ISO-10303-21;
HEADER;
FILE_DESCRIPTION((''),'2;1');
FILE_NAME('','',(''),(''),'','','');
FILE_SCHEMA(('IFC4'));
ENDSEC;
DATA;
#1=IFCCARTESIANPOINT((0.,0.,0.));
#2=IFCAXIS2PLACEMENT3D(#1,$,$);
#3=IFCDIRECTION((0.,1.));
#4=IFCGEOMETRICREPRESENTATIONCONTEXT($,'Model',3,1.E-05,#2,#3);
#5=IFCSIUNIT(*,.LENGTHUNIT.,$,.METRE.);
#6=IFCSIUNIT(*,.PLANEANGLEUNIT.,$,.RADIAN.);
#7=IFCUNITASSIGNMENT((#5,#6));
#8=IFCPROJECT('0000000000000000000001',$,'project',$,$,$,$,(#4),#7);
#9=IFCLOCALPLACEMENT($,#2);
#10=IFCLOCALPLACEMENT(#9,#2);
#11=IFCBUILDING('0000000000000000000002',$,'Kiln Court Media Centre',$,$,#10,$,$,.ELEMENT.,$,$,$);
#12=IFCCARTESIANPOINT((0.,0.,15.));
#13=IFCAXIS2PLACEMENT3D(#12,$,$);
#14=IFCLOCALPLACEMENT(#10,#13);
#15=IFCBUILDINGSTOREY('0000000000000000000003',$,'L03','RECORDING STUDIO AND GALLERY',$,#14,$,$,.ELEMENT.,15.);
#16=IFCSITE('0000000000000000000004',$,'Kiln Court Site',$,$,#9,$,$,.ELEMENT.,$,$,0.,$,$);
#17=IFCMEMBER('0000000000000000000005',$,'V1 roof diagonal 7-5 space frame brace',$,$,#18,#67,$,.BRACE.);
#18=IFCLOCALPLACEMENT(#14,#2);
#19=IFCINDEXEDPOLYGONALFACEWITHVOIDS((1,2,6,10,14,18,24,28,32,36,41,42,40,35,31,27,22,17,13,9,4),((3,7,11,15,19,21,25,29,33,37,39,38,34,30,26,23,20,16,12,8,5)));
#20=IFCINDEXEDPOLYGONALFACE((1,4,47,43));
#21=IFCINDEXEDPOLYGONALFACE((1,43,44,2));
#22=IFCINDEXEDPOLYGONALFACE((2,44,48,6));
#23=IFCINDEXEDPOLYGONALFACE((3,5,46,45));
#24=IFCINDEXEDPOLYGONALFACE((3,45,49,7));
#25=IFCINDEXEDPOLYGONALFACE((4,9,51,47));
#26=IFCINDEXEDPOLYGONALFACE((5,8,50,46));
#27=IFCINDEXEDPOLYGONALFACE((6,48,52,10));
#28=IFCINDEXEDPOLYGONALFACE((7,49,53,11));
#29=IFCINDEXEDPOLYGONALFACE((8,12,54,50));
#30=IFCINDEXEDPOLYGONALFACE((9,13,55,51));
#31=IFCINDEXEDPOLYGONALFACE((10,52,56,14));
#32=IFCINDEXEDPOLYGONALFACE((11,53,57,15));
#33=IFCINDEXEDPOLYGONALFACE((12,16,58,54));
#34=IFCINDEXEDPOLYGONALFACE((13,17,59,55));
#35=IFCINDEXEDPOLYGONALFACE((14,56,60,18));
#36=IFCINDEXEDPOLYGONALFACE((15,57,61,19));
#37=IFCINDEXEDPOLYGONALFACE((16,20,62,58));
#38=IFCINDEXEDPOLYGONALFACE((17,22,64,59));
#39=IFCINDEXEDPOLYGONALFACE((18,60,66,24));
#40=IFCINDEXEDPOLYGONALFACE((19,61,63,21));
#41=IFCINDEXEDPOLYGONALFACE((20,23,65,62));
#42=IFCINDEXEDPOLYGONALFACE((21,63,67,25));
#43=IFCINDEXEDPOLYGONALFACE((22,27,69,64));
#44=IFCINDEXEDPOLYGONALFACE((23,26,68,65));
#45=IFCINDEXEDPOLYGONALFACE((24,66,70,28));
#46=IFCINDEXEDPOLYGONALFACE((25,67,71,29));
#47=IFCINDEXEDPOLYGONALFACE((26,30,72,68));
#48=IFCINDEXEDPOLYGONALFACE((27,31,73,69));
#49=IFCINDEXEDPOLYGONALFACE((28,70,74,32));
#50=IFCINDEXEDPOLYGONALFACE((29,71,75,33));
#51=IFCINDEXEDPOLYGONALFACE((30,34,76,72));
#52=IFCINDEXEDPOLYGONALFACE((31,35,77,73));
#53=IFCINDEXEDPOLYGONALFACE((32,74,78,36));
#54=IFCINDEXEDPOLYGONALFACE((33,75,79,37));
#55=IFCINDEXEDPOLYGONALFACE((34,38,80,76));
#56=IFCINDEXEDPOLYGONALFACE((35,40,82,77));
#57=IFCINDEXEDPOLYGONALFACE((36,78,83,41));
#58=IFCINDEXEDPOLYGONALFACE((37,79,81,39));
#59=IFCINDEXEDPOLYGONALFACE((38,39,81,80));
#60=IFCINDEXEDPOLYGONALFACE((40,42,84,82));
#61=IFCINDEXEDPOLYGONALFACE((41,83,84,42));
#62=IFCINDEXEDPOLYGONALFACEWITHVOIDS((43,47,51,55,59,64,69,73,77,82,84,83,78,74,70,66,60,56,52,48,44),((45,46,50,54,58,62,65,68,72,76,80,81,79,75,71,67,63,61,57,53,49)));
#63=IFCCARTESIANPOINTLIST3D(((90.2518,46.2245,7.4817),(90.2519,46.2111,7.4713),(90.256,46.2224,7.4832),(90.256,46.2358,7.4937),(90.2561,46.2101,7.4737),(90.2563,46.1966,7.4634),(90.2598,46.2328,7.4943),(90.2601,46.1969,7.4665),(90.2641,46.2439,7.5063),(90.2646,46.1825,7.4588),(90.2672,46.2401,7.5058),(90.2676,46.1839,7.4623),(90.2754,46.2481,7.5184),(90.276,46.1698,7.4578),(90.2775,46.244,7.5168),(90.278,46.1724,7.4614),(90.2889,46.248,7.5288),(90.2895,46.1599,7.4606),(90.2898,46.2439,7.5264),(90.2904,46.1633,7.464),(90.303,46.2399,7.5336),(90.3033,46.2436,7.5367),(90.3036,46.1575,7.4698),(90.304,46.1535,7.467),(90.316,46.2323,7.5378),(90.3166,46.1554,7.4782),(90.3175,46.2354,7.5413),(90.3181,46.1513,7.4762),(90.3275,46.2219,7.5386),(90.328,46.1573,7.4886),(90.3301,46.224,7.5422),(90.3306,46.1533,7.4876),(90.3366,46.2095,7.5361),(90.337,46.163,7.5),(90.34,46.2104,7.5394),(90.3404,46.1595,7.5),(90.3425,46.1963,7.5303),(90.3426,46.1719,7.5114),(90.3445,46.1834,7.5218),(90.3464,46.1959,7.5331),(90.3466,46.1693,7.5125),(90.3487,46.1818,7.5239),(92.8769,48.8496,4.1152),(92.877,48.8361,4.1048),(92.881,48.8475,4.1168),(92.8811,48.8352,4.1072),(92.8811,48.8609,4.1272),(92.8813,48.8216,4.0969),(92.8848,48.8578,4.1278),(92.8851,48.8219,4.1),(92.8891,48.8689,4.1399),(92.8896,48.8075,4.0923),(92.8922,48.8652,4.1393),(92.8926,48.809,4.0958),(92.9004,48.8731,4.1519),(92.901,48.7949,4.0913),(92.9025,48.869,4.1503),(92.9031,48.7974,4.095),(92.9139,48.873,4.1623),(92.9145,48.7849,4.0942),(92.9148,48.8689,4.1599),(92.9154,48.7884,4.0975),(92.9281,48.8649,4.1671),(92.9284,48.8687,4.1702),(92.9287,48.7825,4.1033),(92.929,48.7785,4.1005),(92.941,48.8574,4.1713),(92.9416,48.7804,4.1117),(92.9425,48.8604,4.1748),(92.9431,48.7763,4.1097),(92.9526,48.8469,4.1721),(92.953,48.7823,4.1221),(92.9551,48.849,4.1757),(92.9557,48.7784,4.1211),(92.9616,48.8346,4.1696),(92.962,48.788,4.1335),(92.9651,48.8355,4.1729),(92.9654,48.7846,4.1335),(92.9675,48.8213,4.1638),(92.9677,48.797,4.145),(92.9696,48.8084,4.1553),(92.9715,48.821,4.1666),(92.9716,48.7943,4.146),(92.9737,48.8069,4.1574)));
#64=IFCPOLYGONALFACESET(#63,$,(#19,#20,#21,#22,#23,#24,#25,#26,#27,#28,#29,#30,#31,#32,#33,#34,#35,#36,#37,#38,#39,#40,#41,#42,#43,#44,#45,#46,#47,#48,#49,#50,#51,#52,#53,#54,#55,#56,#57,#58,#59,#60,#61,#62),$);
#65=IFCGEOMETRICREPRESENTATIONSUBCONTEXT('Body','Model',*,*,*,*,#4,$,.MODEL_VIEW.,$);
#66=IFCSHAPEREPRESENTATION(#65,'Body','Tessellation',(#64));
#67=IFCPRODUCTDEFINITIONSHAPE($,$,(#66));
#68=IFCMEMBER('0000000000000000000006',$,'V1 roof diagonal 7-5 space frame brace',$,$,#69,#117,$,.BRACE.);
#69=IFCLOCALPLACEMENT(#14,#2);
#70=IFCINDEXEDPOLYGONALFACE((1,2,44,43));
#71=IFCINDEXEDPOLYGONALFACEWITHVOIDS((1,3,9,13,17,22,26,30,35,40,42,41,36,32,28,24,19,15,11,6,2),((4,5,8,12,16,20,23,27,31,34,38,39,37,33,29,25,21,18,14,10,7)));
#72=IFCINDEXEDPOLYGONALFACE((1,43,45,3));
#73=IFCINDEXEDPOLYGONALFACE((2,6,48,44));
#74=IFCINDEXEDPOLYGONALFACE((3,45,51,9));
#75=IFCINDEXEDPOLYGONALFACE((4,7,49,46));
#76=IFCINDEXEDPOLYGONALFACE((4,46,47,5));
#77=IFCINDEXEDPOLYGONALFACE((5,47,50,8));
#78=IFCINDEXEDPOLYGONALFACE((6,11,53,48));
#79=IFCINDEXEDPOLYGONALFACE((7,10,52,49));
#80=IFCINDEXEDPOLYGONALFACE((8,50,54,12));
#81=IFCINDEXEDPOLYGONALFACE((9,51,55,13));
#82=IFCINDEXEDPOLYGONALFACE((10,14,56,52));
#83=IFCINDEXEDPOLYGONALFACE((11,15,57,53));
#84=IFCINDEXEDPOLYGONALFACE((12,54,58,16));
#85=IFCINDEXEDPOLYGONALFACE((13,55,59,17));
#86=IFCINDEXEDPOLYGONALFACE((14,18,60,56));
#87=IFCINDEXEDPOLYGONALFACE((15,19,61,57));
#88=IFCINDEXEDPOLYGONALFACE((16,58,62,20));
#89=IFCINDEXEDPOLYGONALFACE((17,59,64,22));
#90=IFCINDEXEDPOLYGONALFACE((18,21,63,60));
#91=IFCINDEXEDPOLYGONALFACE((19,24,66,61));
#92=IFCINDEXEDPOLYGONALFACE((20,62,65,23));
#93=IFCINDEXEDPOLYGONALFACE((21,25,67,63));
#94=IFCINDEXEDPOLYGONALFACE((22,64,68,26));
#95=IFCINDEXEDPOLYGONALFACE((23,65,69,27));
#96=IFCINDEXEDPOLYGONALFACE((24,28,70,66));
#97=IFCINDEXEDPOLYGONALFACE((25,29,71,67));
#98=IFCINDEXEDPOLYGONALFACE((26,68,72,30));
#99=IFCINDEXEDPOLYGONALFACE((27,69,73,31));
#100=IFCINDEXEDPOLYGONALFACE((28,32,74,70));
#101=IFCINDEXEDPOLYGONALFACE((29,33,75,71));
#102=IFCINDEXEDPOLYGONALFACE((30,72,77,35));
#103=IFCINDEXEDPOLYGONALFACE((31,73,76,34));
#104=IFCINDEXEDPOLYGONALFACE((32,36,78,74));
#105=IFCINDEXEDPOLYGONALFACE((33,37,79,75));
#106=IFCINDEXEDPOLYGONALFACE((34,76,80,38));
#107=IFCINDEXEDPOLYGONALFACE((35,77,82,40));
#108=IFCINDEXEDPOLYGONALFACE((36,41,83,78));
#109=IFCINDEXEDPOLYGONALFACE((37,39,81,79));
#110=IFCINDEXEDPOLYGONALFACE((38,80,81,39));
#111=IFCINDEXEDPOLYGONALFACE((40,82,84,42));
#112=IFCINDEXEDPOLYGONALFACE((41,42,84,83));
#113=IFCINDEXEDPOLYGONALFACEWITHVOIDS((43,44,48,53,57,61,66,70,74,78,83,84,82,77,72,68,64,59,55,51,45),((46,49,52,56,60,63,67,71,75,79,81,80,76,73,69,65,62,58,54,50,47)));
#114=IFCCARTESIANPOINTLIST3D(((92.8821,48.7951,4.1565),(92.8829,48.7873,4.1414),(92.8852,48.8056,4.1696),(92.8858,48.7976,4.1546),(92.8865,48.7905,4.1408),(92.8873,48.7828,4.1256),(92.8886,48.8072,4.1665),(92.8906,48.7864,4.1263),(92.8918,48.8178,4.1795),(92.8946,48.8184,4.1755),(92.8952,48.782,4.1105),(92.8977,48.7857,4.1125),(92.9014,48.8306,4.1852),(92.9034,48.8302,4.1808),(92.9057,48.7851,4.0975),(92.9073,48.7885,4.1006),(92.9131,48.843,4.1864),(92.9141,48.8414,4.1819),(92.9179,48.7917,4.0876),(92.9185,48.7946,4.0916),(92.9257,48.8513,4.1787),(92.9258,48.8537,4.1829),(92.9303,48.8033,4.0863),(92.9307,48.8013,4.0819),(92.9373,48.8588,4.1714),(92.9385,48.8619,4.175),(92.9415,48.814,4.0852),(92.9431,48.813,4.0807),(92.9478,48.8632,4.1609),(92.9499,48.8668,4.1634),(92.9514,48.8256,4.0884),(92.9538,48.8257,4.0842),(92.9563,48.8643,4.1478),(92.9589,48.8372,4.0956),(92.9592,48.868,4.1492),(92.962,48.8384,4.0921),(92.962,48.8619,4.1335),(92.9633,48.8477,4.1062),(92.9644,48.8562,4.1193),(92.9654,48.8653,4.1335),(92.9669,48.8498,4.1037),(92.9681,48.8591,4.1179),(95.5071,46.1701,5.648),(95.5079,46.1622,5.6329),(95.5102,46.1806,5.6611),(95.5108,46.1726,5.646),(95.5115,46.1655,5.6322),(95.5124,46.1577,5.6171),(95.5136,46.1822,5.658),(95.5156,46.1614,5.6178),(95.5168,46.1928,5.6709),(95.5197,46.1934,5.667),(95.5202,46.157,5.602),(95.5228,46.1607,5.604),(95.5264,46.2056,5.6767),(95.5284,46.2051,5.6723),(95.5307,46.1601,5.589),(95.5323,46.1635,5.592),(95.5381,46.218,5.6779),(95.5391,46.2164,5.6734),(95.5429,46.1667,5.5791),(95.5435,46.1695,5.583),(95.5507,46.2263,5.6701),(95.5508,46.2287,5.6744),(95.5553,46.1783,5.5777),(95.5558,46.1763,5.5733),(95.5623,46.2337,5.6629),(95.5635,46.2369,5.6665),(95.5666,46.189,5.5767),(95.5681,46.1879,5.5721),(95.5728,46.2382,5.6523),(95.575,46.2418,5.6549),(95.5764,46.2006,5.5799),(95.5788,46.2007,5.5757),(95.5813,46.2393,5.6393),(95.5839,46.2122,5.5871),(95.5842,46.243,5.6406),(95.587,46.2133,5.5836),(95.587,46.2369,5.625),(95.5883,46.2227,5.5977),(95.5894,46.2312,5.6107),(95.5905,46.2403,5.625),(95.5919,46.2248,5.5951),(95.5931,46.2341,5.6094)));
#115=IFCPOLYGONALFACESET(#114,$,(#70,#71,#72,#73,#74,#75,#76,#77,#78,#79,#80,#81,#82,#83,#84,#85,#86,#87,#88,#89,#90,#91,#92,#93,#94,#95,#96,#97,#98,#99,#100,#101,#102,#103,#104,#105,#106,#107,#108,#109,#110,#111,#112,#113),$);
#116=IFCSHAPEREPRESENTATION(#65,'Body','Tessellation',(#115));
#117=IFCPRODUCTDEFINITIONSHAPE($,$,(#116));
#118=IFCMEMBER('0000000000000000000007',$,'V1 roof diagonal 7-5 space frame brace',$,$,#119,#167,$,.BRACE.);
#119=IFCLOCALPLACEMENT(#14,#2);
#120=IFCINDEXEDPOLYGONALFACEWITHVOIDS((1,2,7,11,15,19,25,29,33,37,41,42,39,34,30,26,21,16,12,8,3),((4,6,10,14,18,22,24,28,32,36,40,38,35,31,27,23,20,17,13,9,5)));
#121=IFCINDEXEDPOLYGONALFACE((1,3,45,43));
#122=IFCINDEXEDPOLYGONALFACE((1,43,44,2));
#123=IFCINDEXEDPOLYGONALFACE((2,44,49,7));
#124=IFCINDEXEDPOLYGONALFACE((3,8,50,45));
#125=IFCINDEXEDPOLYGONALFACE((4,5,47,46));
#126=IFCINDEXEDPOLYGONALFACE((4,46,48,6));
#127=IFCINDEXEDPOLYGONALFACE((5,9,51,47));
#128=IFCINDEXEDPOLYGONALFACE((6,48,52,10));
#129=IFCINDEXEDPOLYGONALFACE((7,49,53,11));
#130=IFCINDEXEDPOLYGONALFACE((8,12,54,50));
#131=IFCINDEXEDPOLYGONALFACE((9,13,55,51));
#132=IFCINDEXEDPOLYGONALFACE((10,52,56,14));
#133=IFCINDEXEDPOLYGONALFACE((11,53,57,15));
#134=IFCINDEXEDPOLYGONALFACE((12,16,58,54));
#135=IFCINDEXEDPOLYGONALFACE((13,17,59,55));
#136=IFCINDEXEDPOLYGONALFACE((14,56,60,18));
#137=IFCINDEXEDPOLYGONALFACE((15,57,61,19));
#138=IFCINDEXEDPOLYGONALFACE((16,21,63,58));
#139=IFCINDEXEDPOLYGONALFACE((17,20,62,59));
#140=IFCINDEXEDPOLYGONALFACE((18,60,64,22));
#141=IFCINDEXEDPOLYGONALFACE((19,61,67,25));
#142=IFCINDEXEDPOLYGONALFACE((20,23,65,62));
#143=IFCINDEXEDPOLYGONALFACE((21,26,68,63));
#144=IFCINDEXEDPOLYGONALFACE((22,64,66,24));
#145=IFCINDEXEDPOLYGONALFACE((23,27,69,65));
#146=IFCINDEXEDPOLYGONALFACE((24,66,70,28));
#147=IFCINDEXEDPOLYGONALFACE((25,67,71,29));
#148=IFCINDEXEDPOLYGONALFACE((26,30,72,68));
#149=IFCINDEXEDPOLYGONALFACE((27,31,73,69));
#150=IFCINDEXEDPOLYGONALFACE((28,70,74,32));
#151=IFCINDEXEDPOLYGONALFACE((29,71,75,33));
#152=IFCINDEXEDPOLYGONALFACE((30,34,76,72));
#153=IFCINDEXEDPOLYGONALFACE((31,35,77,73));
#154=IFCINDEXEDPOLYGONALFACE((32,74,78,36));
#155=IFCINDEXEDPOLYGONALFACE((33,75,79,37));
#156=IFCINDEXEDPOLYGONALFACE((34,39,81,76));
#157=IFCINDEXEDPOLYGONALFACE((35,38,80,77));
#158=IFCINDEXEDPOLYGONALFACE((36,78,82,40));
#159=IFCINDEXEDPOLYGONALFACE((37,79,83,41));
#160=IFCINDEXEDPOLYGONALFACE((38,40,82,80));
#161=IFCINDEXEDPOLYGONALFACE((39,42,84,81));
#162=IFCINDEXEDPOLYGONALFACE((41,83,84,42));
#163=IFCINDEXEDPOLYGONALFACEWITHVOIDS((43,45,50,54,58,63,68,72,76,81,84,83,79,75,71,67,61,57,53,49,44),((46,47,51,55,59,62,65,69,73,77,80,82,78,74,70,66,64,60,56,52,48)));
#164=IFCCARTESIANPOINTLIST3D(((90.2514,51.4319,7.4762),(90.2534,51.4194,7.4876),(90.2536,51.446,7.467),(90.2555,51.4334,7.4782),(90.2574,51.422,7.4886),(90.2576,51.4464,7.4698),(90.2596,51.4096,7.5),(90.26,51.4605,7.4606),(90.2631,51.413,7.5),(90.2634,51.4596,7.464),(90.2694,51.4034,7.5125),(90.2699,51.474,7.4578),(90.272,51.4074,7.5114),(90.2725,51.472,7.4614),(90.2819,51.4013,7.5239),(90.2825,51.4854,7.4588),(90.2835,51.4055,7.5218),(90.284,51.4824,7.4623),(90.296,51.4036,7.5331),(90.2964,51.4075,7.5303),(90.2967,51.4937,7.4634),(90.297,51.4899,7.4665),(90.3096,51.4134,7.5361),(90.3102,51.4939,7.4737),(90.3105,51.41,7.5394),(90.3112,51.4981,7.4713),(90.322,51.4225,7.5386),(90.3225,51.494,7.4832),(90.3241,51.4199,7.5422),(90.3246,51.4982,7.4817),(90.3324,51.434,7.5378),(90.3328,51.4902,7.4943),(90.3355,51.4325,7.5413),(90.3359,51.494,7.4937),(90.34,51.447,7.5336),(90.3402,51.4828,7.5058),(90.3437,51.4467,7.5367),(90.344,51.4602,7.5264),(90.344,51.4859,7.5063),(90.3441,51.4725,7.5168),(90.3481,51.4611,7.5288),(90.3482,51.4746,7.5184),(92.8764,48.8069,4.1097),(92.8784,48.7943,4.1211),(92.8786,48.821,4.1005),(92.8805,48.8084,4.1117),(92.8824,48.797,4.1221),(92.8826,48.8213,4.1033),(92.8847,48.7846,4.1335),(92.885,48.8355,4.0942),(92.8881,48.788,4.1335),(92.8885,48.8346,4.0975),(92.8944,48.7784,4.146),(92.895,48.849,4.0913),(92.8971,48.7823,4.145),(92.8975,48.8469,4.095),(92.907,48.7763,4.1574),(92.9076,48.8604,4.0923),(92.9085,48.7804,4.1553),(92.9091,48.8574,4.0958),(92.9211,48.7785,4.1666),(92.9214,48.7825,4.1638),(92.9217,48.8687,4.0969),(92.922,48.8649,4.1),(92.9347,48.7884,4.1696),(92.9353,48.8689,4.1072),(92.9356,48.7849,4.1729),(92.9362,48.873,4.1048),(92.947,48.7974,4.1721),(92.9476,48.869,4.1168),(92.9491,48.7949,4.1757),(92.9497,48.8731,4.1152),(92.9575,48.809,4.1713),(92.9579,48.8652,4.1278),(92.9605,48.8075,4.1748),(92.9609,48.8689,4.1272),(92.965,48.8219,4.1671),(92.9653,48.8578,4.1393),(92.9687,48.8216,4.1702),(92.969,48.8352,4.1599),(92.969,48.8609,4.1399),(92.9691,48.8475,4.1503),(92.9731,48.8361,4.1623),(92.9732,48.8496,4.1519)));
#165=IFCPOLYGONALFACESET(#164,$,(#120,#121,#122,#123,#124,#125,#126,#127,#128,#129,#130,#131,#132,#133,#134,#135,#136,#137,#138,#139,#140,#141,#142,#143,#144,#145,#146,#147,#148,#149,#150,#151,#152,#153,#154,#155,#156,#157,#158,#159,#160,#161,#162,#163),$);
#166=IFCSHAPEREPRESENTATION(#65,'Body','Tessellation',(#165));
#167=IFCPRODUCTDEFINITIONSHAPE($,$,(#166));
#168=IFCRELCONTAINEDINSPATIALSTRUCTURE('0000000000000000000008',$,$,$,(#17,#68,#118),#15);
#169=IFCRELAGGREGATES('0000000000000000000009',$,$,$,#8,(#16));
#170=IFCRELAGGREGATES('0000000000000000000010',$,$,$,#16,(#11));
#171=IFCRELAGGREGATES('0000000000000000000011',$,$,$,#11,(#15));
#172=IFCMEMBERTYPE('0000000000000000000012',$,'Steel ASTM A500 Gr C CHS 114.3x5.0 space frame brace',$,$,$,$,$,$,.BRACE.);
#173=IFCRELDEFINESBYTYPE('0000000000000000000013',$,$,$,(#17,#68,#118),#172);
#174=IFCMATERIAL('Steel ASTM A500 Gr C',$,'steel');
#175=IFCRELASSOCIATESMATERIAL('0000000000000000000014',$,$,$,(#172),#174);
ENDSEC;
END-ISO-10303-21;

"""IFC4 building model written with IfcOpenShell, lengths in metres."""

from ifc_helpers import new_model, si_unit, direction, frame, origin, origin_2d, place, context, subcontext, project, spatial, hollow_circle, extrude, material, material_profile, profile_set, type_object, element, save


model = new_model("IFC4")

# Units and contexts
model_context = context("Model", 3, precision=1e-05, world=origin(), true_north=direction((0.0, 1.0)))
body_context = subcontext(model_context, "Body", "Model", "MODEL_VIEW")
ifc_project = project(units=[si_unit("LENGTHUNIT", "METRE"), si_unit("PLANEANGLEUNIT", "RADIAN")], contexts=[model_context])

# Site, building, storey
site_placement = place(None, origin())
site = spatial("IfcSite", under=ifc_project, at=site_placement, Name="Kiln Court Site", CompositionType="ELEMENT", RefElevation=0.0)
building_placement = place(site_placement, origin())
building = spatial("IfcBuilding", under=site, at=building_placement, Name="Kiln Court Media Centre", CompositionType="ELEMENT")
storey_placement = place(building_placement, frame((0.0, 0.0, 15.0)))
storey = spatial("IfcBuildingStorey", under=building, at=storey_placement, Name="L03", Description="RECORDING STUDIO AND GALLERY", CompositionType="ELEMENT", Elevation=15.0)

# Members
ifc_material_1 = material(Name="Steel ASTM A500 Gr C", Category="steel")
ifc_material_profile_1 = material_profile(ifc_material_1, hollow_circle(Radius=0.0571, WallThickness=0.0049, at=origin_2d()), Name="CHS 114.3x5.0")
ifc_profile_set_1 = profile_set([ifc_material_profile_1], Name="Steel ASTM A500 Gr C")
member_type_1 = type_object("IfcMemberType", Name="Steel ASTM A500 Gr C CHS 114.3x5.0 space frame brace", PredefinedType="BRACE", material=ifc_profile_set_1)
member_1_placement = place(storey_placement, frame((92.925, 48.825, 4.1335), z_axis=(-0.523804, -0.523804, 0.671758), x_axis=(0.707107, -0.707107, 0.0)))
element("IfcMember", 1, at=member_1_placement, inside=storey, type_object=member_type_1, Name="V1 roof diagonal 7-5 space frame brace", PredefinedType="BRACE", context=body_context, shape_type="SweptSolid", body=[
    extrude(hollow_circle(Radius=0.0571, WallThickness=0.0049, at=origin_2d()), origin(), (0.0, 0.0, 1.0), 5.0115),
])
member_2_placement = place(storey_placement, frame((92.925, 48.825, 4.1335), z_axis=(0.656133, -0.656133, 0.372798), x_axis=(0.707107, 0.707107, 0.0)))
element("IfcMember", 2, at=member_2_placement, inside=storey, type_object=member_type_1, Name="V1 roof diagonal 7-5 space frame brace", PredefinedType="BRACE", context=body_context, shape_type="SweptSolid", body=[
    extrude(hollow_circle(Radius=0.0571, WallThickness=0.0049, at=origin_2d()), origin(), (0.0, 0.0, 1.0), 4.0007),
])
member_3_placement = place(storey_placement, frame((92.925, 48.825, 4.1335), z_axis=(-0.523804, 0.523804, 0.671758), x_axis=(-0.707107, -0.707107, 0.0)))
element("IfcMember", 3, at=member_3_placement, inside=storey, type_object=member_type_1, Name="V1 roof diagonal 7-5 space frame brace", PredefinedType="BRACE", context=body_context, shape_type="SweptSolid", body=[
    extrude(hollow_circle(Radius=0.0571, WallThickness=0.0049, at=origin_2d()), origin(), (0.0, 0.0, 1.0), 5.0115),
])

save(model, "model.ifc")
